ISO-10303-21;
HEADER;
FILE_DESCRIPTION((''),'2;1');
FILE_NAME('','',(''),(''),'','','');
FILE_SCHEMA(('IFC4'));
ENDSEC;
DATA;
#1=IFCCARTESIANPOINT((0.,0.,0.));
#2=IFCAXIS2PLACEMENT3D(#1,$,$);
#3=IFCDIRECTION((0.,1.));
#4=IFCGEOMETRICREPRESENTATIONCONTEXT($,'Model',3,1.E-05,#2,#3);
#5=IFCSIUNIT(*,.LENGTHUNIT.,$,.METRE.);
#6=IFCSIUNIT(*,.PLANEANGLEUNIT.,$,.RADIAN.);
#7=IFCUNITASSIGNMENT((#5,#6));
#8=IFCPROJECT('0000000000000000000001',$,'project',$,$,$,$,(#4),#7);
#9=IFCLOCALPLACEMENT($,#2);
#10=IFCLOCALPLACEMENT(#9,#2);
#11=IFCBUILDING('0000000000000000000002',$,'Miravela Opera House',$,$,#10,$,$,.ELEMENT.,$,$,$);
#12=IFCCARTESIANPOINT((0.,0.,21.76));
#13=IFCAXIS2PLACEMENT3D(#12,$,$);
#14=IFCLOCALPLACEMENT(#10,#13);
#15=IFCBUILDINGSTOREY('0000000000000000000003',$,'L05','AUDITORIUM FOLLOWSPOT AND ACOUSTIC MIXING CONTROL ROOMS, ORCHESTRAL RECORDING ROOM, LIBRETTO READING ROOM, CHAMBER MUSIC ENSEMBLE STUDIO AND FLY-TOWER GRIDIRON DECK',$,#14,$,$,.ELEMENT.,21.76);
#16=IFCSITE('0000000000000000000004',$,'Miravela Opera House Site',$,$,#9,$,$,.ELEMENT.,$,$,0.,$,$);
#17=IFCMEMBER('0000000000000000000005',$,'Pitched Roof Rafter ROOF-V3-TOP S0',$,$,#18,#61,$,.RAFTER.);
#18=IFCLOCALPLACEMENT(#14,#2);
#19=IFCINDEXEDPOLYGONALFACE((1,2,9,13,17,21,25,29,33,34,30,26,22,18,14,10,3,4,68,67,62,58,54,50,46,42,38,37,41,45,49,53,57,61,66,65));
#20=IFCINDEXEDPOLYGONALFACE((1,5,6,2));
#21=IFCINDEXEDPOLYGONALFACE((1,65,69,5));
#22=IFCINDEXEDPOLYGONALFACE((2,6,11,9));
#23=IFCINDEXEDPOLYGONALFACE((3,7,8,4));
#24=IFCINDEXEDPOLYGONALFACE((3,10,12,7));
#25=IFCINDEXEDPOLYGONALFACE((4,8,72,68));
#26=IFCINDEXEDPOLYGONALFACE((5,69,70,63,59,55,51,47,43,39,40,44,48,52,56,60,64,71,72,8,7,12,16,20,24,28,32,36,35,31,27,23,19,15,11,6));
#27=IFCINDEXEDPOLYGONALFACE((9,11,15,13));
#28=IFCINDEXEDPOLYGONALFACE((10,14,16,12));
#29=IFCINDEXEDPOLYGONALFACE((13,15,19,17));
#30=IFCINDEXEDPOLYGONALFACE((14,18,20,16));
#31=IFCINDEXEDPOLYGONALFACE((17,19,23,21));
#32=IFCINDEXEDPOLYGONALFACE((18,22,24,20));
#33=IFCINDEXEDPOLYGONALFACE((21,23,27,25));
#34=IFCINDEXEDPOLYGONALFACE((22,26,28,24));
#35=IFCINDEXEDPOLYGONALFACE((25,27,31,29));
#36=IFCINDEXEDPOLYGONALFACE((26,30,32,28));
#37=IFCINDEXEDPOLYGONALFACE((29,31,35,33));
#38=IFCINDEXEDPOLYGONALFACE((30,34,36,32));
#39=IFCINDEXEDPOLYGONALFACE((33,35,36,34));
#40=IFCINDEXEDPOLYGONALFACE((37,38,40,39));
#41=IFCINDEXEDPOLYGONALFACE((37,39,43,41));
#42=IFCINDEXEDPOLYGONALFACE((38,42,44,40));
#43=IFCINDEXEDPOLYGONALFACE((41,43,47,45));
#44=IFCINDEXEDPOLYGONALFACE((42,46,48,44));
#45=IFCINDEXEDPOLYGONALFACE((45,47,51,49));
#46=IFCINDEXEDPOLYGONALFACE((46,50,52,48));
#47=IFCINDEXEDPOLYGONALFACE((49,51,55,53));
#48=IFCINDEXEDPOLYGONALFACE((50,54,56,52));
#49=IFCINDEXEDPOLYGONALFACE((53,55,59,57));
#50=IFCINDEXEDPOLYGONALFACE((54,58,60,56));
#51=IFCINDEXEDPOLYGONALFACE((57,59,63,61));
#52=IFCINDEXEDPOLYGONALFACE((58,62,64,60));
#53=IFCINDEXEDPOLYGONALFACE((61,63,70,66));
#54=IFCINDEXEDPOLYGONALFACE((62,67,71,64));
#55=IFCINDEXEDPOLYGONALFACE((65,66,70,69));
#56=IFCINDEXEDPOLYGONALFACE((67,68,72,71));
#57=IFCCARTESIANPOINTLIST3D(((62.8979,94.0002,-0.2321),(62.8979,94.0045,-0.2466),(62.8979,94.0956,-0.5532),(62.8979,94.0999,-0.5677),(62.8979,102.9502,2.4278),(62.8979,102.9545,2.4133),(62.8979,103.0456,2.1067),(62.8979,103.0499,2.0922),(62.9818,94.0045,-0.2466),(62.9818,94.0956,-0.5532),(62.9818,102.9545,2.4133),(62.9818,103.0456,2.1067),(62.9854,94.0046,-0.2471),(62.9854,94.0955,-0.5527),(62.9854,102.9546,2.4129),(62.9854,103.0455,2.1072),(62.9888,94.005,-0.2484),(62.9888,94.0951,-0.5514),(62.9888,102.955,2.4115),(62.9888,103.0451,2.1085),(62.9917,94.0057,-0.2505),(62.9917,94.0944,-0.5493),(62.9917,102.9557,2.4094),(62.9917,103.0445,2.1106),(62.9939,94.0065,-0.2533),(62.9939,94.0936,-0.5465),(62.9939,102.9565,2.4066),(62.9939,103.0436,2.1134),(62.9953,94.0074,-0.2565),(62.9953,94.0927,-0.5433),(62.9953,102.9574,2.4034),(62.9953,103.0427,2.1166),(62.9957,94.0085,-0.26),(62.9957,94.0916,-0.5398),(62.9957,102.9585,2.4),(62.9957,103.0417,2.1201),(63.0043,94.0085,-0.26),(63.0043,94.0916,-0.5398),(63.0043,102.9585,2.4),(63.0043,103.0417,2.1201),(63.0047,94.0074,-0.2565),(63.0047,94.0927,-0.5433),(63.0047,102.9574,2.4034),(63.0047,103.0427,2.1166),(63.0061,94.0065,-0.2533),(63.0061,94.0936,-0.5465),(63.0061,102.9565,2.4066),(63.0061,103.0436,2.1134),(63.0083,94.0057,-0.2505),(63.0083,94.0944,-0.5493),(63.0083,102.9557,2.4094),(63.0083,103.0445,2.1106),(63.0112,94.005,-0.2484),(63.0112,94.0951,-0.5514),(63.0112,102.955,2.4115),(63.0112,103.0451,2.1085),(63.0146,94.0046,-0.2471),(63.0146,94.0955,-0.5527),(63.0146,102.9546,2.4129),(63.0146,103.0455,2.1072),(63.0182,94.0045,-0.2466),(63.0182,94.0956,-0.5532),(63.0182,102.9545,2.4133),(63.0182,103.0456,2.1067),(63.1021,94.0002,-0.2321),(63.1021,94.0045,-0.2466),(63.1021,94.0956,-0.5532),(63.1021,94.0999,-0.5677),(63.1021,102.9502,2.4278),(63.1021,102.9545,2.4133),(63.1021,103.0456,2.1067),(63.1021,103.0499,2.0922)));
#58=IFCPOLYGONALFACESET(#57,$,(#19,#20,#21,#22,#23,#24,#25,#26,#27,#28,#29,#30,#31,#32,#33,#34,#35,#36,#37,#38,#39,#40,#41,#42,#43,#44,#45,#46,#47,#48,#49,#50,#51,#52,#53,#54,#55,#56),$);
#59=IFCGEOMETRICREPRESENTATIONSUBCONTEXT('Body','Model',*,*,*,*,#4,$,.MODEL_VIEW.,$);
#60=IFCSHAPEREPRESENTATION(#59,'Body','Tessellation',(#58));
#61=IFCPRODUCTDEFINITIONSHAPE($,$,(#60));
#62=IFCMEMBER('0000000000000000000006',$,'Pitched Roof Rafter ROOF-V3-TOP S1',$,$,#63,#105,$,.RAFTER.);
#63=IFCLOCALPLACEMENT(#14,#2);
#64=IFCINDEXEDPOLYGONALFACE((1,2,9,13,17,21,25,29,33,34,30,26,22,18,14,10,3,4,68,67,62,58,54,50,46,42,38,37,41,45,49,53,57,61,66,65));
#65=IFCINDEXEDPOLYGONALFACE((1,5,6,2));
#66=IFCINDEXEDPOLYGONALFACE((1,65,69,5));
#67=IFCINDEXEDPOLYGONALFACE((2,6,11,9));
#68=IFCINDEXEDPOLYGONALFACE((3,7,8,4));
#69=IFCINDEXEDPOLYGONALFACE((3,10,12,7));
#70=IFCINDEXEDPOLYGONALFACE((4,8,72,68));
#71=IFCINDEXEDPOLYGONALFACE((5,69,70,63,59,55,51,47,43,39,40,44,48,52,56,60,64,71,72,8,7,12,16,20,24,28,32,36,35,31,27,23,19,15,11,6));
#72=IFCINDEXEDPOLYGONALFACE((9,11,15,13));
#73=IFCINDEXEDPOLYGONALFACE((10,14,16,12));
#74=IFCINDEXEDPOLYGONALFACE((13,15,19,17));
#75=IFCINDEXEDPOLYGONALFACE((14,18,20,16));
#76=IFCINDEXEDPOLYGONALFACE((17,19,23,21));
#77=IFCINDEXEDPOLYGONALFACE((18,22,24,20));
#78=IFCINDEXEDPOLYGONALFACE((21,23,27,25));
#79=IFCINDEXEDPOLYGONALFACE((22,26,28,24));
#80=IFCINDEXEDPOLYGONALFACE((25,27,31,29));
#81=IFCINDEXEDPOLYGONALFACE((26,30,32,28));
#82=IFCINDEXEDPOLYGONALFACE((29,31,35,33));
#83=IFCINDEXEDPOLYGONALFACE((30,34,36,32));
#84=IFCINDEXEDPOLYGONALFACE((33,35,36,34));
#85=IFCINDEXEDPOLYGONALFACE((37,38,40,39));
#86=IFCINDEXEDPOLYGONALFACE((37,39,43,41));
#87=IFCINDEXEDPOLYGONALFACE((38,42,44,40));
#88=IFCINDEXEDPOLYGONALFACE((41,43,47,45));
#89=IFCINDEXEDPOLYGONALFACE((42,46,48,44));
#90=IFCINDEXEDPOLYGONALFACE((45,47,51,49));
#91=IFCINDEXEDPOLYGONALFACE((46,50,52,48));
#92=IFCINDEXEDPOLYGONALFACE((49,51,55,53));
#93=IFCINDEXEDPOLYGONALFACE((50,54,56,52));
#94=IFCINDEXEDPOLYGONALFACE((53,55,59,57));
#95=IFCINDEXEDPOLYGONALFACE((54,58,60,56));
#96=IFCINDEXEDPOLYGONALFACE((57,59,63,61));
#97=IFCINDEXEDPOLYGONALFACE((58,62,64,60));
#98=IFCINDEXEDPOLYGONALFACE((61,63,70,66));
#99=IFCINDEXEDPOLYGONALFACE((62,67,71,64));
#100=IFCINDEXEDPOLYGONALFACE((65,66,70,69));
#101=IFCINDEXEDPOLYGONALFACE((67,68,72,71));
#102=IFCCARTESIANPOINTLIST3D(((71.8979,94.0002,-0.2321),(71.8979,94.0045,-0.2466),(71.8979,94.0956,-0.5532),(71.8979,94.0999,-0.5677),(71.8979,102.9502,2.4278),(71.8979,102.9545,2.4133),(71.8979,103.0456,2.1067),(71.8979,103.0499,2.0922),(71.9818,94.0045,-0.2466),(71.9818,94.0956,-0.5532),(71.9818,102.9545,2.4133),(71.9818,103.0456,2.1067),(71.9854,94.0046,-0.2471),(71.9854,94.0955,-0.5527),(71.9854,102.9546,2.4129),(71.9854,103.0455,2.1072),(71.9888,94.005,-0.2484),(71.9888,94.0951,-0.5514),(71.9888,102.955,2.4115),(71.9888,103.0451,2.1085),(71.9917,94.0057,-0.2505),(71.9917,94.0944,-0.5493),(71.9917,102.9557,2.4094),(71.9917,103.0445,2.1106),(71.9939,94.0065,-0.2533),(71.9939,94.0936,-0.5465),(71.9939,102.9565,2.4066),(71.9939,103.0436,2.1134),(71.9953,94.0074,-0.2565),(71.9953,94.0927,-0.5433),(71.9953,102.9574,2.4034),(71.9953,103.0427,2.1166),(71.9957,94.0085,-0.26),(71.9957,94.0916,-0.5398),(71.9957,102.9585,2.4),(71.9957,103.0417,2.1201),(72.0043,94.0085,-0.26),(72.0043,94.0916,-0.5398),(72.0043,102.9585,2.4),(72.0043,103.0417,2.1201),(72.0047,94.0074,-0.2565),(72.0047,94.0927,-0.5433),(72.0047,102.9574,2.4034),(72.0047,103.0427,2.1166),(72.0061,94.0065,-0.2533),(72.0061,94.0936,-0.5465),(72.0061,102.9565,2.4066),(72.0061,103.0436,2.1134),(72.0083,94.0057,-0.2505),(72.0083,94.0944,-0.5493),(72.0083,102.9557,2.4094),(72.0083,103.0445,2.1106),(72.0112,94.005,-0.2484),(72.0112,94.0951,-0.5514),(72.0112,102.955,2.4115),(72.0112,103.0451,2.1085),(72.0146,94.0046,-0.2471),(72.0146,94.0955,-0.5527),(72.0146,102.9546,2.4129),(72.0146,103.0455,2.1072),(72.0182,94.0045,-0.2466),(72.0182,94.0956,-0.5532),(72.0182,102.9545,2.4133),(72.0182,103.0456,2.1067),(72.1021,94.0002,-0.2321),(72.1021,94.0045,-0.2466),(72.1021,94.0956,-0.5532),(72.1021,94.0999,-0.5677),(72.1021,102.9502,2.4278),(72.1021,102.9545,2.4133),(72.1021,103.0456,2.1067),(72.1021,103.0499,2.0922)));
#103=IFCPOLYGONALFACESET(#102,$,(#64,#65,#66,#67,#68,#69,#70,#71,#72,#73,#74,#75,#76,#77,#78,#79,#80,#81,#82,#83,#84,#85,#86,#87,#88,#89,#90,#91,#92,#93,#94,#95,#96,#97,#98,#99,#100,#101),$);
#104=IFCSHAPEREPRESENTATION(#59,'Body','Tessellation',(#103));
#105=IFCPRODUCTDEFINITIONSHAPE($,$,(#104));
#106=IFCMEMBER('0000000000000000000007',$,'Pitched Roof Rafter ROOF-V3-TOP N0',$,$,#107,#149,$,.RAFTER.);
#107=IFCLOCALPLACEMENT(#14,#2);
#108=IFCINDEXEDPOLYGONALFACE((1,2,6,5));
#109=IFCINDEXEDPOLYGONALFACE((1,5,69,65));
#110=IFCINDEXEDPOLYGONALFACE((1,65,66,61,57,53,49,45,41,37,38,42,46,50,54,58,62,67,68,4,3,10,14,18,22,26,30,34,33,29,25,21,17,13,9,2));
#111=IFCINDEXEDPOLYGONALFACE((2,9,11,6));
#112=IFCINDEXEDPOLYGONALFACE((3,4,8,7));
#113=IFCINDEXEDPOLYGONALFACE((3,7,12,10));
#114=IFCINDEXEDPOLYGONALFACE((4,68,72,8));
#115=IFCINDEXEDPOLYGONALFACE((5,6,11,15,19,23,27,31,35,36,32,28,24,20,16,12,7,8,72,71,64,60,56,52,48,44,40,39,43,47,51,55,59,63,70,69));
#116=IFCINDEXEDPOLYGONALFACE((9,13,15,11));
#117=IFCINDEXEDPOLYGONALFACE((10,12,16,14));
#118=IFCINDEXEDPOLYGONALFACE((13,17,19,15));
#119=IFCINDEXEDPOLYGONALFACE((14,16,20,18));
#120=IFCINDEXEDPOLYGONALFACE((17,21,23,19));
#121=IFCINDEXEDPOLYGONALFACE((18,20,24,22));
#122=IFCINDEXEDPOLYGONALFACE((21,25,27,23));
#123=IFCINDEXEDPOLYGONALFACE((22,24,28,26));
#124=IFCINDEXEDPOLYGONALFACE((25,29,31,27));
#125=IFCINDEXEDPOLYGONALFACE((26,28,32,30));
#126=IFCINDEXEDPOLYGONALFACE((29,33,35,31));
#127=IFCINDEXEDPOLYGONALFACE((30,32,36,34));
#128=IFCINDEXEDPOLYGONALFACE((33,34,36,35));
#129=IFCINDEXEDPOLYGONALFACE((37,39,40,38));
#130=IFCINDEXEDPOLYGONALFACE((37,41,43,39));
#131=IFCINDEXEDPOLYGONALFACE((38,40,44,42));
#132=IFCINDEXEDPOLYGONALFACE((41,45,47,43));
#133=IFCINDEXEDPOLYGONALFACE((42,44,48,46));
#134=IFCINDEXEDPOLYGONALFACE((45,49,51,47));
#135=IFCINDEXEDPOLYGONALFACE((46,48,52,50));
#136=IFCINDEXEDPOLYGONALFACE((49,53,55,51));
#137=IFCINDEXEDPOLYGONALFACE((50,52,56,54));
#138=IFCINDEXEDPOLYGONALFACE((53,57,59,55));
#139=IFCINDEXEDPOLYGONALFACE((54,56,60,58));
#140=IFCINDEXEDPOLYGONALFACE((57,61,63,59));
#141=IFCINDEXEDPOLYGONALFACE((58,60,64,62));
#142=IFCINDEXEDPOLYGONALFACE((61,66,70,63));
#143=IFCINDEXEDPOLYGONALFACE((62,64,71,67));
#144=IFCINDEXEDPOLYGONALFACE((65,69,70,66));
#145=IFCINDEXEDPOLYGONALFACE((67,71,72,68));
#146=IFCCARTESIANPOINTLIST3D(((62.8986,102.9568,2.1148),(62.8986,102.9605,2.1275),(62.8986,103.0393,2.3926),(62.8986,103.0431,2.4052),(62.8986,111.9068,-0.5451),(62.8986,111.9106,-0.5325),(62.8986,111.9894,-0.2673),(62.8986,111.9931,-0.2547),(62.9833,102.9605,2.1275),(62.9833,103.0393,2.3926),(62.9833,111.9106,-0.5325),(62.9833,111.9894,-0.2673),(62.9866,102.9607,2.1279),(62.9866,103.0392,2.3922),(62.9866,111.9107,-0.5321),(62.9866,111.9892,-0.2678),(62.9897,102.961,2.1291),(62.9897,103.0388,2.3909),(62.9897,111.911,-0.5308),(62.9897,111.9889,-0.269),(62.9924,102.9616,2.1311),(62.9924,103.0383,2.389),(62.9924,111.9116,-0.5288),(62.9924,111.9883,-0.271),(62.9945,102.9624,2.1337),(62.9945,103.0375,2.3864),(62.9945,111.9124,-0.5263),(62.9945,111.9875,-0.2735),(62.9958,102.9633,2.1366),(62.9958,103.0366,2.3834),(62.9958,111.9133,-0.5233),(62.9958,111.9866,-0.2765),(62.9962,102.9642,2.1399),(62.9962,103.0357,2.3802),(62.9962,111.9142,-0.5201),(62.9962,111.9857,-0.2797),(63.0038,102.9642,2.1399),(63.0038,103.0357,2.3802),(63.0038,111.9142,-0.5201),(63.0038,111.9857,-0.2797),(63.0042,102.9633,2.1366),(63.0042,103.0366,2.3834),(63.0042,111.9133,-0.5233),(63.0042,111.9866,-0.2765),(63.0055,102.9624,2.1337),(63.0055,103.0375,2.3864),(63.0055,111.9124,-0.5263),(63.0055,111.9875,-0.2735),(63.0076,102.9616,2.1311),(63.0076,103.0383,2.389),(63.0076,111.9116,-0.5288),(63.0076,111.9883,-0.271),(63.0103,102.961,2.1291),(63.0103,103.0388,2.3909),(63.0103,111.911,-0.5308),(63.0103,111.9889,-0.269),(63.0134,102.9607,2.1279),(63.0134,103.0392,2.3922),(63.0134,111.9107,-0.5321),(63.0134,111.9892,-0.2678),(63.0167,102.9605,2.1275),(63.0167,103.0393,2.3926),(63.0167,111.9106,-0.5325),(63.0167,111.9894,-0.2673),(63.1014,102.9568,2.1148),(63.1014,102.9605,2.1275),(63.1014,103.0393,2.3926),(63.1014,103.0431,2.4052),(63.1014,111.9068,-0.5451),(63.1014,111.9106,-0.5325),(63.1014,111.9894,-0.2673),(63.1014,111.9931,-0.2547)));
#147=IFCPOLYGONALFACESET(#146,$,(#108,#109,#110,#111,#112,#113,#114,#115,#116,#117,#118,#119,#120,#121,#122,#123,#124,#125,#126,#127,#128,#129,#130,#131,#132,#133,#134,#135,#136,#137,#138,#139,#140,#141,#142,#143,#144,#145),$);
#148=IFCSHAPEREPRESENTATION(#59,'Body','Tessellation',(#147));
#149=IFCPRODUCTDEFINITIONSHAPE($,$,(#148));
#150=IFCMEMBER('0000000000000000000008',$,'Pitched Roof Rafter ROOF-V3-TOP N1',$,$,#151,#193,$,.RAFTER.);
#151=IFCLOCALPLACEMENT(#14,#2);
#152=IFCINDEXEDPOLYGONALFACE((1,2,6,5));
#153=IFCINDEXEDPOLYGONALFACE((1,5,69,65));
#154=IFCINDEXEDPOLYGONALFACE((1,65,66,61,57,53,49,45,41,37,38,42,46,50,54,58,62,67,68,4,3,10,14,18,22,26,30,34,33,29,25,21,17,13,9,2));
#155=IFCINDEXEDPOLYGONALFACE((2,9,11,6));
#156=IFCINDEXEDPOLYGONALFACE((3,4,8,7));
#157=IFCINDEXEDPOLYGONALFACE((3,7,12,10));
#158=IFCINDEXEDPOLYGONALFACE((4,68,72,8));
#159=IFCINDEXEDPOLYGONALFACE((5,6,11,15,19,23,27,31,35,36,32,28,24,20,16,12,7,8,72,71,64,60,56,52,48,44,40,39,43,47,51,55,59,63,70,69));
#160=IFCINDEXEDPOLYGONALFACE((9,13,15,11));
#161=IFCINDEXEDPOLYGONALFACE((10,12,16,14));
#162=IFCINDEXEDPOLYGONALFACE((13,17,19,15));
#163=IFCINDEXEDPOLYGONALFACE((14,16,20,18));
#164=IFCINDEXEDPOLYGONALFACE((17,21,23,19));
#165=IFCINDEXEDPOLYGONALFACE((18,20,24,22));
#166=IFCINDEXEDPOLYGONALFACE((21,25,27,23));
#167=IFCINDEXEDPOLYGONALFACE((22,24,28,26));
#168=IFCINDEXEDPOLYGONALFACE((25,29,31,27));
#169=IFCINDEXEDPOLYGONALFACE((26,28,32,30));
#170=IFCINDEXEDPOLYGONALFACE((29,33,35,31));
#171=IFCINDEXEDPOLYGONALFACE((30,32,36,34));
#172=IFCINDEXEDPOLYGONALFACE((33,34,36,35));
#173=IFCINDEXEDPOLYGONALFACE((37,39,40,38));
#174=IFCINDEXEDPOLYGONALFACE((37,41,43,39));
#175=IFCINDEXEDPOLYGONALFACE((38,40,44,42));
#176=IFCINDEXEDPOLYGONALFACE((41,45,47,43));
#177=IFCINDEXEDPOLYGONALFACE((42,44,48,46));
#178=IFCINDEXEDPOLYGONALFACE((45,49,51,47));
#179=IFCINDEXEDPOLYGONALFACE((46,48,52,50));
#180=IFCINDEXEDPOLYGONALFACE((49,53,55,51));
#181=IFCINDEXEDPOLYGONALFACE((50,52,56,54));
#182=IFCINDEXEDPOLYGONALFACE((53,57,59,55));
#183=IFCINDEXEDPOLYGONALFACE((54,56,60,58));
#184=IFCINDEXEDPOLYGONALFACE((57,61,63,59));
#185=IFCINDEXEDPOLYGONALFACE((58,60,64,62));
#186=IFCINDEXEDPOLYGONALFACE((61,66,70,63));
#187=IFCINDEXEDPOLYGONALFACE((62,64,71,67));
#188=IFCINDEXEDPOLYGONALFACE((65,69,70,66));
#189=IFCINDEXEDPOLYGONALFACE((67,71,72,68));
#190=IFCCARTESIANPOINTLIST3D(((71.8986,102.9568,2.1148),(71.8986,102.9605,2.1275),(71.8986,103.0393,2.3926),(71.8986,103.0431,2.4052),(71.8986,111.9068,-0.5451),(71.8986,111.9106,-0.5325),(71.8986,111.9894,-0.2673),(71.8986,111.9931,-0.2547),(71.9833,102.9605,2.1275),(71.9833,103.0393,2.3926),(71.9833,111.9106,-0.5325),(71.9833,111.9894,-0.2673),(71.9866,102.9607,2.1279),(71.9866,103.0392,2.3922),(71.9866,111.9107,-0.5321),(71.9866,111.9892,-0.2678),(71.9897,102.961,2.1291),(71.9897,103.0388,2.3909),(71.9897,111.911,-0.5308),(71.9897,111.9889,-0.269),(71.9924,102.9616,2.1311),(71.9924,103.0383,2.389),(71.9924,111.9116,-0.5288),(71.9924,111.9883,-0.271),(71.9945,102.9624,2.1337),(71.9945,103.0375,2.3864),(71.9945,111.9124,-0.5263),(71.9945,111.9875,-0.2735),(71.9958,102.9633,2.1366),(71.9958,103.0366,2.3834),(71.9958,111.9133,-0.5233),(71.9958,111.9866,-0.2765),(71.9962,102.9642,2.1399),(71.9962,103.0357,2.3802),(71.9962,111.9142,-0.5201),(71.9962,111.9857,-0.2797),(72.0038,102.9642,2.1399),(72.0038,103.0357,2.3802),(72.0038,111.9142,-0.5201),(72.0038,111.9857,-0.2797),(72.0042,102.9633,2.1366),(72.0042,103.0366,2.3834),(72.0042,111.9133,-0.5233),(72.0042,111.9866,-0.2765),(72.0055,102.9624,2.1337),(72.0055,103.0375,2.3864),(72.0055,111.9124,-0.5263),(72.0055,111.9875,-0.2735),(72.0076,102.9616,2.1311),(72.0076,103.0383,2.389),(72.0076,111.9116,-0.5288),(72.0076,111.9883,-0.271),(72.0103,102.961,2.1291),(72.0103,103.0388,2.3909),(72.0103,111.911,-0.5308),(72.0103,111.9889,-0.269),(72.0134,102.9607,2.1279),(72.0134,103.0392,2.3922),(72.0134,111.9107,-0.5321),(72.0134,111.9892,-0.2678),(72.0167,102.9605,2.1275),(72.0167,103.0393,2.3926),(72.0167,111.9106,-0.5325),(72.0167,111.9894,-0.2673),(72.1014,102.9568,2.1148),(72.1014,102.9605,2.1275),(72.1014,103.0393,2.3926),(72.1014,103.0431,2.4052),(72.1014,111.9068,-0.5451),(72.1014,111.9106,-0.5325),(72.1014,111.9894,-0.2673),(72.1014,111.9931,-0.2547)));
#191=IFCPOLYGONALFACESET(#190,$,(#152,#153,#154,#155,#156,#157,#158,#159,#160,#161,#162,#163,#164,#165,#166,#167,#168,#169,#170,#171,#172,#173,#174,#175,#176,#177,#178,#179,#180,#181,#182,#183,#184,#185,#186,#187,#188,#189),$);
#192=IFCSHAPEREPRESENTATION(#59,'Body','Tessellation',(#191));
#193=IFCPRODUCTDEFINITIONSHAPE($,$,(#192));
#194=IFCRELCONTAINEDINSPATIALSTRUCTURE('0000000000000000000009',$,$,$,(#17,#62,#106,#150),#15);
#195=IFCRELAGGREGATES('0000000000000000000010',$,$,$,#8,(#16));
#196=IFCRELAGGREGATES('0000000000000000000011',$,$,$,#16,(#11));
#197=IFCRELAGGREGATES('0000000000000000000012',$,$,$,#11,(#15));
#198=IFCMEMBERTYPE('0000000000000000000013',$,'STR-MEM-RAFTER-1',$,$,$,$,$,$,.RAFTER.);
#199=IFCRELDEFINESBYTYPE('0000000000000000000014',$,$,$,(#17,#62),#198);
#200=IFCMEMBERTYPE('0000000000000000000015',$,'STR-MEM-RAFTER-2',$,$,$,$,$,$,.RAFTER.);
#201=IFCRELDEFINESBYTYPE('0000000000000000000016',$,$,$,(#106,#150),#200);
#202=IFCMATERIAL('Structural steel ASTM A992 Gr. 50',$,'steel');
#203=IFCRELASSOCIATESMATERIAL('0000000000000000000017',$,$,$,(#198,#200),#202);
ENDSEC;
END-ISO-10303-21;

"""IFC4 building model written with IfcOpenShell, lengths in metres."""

from ifc_helpers import new_model, si_unit, direction, frame, origin, origin_2d, place, context, subcontext, project, spatial, i_section, extrude, material, material_profile, profile_set, type_object, element, save


model = new_model("IFC4")

# Units and contexts
model_context = context("Model", 3, precision=1e-05, world=origin(), true_north=direction((0.0, 1.0)))
body_context = subcontext(model_context, "Body", "Model", "MODEL_VIEW")
ifc_project = project(units=[si_unit("LENGTHUNIT", "METRE"), si_unit("PLANEANGLEUNIT", "RADIAN")], contexts=[model_context])

# Site, building, storey
site_placement = place(None, origin())
site = spatial("IfcSite", under=ifc_project, at=site_placement, Name="Miravela Opera House Site", CompositionType="ELEMENT", RefElevation=0.0)
building_placement = place(site_placement, origin())
building = spatial("IfcBuilding", under=site, at=building_placement, Name="Miravela Opera House", CompositionType="ELEMENT")
storey_placement = place(building_placement, frame((0.0, 0.0, 21.76)))
storey = spatial("IfcBuildingStorey", under=building, at=storey_placement, Name="L05", Description="AUDITORIUM FOLLOWSPOT AND ACOUSTIC MIXING CONTROL ROOMS, ORCHESTRAL RECORDING ROOM, LIBRETTO READING ROOM, CHAMBER MUSIC ENSEMBLE STUDIO AND FLY-TOWER GRIDIRON DECK", CompositionType="ELEMENT", Elevation=21.76)

# Shared definitions
ifc_material_1 = material(Name="Structural steel ASTM A992 Gr. 50", Category="steel")

# Members
ifc_material_profile_1 = material_profile(ifc_material_1, i_section(OverallWidth=0.2041, OverallDepth=0.3501, WebThickness=0.0085, FlangeThickness=0.0151, FilletRadius=0.0139, at=origin_2d()), Name="W360X72")
ifc_profile_set_1 = profile_set([ifc_material_profile_1])
member_type_1 = type_object("IfcMemberType", Name="STR-MEM-RAFTER-1", PredefinedType="RAFTER", material=ifc_profile_set_1)
for number, where, z_axis, x_axis, name in (
    (1, (63.0, 94.05, -0.3999), (0.0, 0.958562, 0.284883), (-1.0, 0.0, 0.0), "Pitched Roof Rafter ROOF-V3-TOP S0"),
    (2, (72.0, 94.05, -0.3999), (0.0, 0.958562, 0.284883), (-1.0, 0.0, 0.0), "Pitched Roof Rafter ROOF-V3-TOP S1"),
):
    element("IfcMember", number, at=place(storey_placement, frame(where, z_axis=z_axis, x_axis=x_axis)), inside=storey, type_object=member_type_1, Name=name, PredefinedType="RAFTER", context=body_context, shape_type="SweptSolid", body=[
        extrude(i_section(OverallWidth=0.2041, OverallDepth=0.3501, WebThickness=0.0085, FlangeThickness=0.0151, FilletRadius=0.0139, at=origin_2d()), origin(), (0.0, 0.0, 1.0), 9.3369),
    ])
ifc_material_profile_2 = material_profile(ifc_material_1, i_section(OverallWidth=0.2029, OverallDepth=0.303, WebThickness=0.0076, FlangeThickness=0.0132, FilletRadius=0.0129, at=origin_2d()), Name="W310X60")
ifc_profile_set_2 = profile_set([ifc_material_profile_2])
member_type_2 = type_object("IfcMemberType", Name="STR-MEM-RAFTER-2", PredefinedType="RAFTER", material=ifc_profile_set_2)
for number, where, z_axis, x_axis, name in (
    (3, (63.0, 111.95, -0.3999), (0.0, -0.958562, 0.284883), (1.0, 0.0, 0.0), "Pitched Roof Rafter ROOF-V3-TOP N0"),
    (4, (72.0, 111.95, -0.3999), (0.0, -0.958562, 0.284883), (1.0, 0.0, 0.0), "Pitched Roof Rafter ROOF-V3-TOP N1"),
):
    element("IfcMember", number, at=place(storey_placement, frame(where, z_axis=z_axis, x_axis=x_axis)), inside=storey, type_object=member_type_2, Name=name, PredefinedType="RAFTER", context=body_context, shape_type="SweptSolid", body=[
        extrude(i_section(OverallWidth=0.2029, OverallDepth=0.303, WebThickness=0.0076, FlangeThickness=0.0132, FilletRadius=0.0129, at=origin_2d()), origin(), (0.0, 0.0, 1.0), 9.3369),
    ])

save(model, "model.ifc")
